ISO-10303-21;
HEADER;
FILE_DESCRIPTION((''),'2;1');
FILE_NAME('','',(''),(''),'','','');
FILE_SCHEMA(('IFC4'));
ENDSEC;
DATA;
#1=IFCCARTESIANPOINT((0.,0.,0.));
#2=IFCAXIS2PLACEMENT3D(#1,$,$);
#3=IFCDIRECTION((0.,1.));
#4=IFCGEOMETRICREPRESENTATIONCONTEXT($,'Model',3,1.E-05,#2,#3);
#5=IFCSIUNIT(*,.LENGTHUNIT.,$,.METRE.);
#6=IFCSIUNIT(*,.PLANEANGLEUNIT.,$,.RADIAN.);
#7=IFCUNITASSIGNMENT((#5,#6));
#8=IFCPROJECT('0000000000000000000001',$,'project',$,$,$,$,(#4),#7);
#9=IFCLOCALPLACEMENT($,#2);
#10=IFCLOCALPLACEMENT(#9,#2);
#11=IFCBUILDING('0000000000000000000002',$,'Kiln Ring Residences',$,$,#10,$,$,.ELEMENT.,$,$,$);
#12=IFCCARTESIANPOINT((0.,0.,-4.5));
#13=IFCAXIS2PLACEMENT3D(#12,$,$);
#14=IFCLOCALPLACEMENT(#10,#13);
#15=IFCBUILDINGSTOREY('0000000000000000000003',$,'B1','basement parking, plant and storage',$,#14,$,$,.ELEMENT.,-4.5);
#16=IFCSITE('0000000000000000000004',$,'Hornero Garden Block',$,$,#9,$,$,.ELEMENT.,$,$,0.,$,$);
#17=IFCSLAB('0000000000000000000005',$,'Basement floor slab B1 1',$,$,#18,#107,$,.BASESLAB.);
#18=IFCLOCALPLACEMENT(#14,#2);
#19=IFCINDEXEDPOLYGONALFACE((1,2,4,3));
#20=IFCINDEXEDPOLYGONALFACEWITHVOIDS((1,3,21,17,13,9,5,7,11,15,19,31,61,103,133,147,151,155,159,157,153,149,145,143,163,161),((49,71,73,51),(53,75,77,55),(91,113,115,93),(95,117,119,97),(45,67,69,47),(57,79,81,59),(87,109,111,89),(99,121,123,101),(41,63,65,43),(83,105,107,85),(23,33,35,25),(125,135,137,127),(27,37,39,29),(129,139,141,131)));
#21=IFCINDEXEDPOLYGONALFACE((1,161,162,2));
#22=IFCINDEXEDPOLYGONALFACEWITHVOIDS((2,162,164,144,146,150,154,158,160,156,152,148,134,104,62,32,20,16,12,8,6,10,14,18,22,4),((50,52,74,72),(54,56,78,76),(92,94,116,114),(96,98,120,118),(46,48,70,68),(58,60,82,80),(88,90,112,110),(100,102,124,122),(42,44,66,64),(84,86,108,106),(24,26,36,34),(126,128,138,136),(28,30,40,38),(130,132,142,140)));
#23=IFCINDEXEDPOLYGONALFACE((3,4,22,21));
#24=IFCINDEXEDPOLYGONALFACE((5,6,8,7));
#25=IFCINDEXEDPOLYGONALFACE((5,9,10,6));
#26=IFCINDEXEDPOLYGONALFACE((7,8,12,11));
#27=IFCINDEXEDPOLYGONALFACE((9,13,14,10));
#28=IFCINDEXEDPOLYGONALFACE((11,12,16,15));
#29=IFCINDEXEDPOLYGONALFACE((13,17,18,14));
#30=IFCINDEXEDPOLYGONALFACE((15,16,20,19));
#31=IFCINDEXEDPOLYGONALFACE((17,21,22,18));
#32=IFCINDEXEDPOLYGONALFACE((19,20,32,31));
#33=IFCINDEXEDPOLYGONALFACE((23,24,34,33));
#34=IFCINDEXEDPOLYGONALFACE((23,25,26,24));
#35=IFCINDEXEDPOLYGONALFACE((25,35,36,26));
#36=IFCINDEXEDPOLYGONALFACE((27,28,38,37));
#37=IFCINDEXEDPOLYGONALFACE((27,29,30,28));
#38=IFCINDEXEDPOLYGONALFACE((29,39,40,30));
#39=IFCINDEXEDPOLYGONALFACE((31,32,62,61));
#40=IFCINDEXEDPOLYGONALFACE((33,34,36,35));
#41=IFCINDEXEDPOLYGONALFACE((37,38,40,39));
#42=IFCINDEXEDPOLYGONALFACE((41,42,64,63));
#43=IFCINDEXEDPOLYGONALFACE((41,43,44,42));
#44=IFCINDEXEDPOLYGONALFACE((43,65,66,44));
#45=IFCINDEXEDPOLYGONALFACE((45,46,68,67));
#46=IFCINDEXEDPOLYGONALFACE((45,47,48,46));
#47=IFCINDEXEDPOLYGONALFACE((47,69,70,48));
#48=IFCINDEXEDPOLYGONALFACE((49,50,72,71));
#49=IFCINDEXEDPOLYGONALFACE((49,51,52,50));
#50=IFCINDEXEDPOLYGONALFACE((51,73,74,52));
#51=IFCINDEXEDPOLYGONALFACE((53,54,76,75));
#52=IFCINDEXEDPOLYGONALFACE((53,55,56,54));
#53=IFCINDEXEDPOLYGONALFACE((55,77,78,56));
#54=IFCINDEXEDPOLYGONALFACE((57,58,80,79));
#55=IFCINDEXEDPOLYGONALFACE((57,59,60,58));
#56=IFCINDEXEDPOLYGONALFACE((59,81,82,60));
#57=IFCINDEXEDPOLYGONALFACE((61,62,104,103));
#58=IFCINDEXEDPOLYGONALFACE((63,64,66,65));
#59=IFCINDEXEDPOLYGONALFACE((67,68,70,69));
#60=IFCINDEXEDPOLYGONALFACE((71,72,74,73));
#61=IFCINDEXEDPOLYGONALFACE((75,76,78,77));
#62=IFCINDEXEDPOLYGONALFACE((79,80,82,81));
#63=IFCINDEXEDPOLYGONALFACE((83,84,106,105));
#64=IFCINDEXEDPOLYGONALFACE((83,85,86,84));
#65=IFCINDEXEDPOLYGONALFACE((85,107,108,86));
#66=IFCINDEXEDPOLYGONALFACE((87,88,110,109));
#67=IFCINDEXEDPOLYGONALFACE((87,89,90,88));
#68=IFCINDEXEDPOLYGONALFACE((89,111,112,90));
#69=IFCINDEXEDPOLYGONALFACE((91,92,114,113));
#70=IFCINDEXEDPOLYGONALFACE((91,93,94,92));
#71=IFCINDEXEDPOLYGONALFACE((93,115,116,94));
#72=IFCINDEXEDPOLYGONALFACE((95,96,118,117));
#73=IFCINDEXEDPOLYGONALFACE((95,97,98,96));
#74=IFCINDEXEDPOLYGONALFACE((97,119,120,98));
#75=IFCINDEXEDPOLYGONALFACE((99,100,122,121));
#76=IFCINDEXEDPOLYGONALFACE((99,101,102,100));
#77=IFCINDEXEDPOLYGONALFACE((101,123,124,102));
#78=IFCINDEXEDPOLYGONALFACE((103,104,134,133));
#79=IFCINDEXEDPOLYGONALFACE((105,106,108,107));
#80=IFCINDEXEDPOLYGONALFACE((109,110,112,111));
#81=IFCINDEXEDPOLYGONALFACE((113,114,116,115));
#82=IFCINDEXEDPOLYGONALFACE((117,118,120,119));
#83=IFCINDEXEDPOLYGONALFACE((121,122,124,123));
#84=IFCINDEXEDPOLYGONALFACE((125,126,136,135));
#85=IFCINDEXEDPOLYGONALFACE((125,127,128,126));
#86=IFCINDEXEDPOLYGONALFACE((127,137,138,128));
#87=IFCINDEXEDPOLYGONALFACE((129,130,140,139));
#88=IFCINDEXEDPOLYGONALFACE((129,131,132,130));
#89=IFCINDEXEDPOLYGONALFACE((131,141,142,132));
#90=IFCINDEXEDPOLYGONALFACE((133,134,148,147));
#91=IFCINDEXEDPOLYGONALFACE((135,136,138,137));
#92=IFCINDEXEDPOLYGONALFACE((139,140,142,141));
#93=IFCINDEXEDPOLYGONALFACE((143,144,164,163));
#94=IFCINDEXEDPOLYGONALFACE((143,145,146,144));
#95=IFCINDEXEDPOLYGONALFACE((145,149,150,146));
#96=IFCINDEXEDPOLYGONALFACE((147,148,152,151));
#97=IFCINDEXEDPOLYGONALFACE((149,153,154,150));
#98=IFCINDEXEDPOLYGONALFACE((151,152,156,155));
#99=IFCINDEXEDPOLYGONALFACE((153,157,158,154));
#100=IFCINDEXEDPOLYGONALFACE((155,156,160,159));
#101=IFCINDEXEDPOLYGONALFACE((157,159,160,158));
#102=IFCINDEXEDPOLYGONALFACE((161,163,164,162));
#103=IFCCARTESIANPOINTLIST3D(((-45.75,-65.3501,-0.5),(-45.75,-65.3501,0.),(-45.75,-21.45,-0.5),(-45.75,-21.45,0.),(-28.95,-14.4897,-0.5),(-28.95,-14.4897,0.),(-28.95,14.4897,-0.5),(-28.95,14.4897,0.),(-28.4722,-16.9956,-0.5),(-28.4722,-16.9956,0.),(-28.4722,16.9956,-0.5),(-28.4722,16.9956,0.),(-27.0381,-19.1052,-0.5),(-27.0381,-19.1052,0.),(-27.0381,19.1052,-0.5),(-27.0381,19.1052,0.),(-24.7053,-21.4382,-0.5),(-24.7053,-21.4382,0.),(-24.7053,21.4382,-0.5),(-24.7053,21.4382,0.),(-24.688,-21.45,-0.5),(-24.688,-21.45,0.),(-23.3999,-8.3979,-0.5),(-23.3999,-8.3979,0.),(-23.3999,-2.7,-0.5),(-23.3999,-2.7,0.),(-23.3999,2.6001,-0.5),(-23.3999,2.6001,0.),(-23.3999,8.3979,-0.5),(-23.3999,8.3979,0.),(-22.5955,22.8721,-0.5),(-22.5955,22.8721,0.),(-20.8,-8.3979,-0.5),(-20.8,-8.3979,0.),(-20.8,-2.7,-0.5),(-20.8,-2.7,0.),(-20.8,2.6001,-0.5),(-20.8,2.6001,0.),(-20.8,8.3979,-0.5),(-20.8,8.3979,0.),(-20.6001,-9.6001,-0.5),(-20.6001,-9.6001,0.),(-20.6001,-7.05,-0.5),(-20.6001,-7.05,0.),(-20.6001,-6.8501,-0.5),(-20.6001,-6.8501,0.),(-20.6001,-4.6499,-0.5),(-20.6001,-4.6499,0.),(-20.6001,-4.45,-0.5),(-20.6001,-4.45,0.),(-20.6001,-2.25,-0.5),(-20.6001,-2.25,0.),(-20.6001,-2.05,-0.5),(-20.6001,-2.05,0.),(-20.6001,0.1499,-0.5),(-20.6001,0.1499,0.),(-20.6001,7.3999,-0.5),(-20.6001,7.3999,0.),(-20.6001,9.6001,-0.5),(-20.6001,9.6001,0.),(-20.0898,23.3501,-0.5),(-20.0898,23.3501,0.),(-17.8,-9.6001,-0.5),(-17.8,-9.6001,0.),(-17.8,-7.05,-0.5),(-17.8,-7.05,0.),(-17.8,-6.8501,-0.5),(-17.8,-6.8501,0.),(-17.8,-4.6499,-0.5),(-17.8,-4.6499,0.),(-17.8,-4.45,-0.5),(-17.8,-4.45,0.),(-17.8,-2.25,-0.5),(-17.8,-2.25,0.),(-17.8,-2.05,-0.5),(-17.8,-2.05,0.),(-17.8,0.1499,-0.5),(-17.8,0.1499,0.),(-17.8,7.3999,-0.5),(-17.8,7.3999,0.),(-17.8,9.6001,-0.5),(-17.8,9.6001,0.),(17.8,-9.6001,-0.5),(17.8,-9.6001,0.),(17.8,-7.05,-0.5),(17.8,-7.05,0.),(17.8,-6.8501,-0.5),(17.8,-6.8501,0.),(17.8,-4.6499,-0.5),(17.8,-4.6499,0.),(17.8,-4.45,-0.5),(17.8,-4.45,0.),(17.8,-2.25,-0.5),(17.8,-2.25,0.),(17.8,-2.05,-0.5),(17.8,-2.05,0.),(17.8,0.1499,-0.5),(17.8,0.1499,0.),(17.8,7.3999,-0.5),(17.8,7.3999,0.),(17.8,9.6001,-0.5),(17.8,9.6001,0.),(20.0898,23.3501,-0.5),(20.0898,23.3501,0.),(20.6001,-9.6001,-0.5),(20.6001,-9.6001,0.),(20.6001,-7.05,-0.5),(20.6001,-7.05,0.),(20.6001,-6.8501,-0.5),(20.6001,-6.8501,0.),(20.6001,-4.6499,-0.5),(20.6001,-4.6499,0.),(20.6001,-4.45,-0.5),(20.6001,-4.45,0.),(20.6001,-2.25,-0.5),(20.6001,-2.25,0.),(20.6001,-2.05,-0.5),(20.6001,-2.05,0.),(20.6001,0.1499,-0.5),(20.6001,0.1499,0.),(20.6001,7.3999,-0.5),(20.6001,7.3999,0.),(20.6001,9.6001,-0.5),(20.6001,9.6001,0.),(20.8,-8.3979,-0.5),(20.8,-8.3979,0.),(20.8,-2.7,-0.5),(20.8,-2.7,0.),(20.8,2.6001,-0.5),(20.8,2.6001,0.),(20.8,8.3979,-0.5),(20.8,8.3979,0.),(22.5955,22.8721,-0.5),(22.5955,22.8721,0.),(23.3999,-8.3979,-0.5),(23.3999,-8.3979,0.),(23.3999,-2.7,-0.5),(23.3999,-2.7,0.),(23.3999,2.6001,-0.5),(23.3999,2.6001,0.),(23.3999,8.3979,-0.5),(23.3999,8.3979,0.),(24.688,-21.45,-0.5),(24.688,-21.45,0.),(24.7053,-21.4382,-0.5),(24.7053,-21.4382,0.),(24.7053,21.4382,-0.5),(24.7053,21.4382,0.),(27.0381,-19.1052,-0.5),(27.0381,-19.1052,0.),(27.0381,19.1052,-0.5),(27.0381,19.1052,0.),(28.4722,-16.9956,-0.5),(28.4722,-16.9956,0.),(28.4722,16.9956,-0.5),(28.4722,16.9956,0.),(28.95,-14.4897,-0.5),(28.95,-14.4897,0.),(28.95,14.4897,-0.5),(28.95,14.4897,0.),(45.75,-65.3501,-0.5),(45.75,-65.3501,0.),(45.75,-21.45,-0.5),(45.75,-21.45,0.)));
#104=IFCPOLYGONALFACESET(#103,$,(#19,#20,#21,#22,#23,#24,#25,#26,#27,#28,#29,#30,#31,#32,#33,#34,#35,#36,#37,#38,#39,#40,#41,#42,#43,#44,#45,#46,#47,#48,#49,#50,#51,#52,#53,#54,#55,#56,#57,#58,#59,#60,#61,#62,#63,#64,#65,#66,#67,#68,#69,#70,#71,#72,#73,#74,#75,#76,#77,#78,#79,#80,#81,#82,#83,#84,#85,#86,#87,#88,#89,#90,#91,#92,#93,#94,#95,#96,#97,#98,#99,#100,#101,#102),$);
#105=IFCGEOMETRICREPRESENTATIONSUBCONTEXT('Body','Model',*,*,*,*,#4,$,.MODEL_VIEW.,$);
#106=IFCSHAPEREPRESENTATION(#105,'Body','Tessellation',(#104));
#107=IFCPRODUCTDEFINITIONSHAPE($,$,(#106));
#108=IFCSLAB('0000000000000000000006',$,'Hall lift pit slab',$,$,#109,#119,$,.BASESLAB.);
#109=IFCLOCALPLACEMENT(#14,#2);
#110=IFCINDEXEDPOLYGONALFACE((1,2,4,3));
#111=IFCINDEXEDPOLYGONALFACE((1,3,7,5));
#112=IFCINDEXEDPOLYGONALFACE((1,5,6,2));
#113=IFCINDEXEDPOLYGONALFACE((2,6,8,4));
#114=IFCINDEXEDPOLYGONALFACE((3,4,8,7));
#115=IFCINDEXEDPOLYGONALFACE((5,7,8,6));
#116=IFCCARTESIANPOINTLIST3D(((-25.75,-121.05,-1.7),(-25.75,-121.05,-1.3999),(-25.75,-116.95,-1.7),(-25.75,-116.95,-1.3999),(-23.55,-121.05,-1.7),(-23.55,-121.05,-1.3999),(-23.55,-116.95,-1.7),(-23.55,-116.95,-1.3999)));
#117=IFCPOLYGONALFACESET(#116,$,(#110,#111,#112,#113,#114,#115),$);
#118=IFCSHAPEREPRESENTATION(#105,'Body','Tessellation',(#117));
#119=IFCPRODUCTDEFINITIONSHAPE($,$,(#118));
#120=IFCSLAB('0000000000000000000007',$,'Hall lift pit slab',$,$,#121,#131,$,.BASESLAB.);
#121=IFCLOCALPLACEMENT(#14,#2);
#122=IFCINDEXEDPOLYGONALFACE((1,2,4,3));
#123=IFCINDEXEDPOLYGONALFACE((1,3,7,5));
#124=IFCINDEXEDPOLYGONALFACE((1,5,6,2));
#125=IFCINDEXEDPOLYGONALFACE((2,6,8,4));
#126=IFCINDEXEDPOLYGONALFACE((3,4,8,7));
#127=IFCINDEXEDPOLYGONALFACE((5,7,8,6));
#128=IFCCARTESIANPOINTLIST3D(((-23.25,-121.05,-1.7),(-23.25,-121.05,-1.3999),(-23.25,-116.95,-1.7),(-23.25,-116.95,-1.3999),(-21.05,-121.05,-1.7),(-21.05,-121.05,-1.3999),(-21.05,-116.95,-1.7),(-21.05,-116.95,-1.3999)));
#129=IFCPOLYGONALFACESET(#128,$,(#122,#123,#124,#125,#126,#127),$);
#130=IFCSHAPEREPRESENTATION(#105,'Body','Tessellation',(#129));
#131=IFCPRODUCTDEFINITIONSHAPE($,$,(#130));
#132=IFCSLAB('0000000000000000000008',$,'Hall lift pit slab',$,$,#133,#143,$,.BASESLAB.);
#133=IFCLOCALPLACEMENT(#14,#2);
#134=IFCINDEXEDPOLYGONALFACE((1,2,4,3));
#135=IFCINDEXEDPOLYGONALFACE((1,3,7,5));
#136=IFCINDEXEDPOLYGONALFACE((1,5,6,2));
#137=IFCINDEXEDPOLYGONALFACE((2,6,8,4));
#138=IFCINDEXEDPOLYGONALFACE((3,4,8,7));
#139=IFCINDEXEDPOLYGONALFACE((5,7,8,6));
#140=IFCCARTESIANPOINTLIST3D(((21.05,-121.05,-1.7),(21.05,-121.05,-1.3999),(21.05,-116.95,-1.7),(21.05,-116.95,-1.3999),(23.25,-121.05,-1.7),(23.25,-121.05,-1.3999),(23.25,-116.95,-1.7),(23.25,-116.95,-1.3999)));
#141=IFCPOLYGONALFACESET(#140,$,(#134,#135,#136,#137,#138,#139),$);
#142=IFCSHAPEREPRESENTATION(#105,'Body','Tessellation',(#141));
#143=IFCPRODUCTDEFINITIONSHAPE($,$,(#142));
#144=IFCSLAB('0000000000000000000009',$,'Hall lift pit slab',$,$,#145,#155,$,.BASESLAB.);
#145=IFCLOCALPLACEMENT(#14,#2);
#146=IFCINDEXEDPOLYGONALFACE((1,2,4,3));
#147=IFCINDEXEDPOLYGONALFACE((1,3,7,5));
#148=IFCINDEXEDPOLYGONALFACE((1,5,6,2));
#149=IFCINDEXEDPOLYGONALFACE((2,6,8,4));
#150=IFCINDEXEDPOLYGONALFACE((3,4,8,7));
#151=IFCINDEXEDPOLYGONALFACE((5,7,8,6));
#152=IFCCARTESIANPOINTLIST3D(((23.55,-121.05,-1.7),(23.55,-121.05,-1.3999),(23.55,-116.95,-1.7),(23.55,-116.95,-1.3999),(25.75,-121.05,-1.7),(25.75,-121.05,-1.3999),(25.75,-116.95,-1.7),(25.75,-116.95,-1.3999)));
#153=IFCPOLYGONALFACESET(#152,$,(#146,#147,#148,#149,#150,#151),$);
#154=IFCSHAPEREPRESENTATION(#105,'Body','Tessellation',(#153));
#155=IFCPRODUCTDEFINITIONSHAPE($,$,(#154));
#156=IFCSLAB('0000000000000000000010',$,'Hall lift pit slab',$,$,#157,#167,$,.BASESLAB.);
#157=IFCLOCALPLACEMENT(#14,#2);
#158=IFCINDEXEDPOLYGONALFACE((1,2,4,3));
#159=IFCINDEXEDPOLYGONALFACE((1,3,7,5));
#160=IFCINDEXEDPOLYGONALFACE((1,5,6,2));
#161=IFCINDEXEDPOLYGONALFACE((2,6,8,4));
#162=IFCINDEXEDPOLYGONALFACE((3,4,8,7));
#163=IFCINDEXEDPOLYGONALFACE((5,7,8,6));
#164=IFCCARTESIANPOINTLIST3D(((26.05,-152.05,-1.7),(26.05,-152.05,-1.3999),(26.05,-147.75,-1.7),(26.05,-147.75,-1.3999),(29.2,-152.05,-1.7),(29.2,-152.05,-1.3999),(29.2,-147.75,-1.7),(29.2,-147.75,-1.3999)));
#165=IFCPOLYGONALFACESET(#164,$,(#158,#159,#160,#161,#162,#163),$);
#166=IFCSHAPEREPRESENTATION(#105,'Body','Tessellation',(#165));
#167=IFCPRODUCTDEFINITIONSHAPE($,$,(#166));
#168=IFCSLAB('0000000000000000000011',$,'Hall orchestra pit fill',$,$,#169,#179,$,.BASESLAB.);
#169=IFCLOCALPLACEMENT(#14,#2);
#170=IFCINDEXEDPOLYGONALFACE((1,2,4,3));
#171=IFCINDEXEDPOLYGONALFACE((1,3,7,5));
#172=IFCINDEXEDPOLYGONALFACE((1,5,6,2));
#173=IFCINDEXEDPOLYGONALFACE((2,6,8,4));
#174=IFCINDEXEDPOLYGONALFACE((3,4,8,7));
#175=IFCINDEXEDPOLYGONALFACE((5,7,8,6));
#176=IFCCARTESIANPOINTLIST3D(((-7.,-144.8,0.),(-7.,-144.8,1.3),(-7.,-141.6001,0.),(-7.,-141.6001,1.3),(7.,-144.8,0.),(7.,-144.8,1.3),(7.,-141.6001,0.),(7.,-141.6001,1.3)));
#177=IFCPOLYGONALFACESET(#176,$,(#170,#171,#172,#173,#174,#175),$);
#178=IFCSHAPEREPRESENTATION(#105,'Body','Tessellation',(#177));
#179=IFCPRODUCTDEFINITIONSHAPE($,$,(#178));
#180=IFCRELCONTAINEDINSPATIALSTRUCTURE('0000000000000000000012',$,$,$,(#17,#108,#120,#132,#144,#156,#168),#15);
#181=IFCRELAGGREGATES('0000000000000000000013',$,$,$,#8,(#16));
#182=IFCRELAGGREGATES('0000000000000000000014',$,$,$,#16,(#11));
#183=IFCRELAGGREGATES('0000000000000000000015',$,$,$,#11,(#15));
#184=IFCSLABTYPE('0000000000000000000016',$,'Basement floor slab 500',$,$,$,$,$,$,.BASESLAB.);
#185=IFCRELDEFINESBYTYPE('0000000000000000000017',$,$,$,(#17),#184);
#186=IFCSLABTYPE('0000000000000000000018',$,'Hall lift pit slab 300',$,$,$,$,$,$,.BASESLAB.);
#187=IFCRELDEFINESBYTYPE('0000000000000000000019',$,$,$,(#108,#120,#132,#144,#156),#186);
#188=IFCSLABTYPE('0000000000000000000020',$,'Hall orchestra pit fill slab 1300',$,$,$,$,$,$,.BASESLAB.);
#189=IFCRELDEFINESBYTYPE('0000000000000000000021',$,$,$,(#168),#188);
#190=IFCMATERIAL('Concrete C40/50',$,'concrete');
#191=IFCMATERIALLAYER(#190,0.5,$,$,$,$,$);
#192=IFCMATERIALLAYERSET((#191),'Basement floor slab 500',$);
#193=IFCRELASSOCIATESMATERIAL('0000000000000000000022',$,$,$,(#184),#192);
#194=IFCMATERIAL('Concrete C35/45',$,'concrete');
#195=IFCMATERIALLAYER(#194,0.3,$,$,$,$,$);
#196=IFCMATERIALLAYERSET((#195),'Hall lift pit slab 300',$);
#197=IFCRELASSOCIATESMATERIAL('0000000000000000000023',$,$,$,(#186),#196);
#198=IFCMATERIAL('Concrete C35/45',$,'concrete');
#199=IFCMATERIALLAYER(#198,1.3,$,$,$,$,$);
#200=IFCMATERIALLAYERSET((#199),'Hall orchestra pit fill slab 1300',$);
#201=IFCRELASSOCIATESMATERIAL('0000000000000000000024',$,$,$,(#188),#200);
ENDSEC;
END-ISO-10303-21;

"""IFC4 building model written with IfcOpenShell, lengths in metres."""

from ifc_helpers import new_model, si_unit, direction, frame, origin, place, context, subcontext, project, spatial, polyline, outline, extrude, material, layer, layer_set, type_object, element, save


model = new_model("IFC4")

# Units and contexts
model_context = context("Model", 3, precision=1e-05, world=origin(), true_north=direction((0.0, 1.0)))
body_context = subcontext(model_context, "Body", "Model", "MODEL_VIEW")
ifc_project = project(units=[si_unit("LENGTHUNIT", "METRE"), si_unit("PLANEANGLEUNIT", "RADIAN")], contexts=[model_context])

# Site, building, storey
site_placement = place(None, origin())
site = spatial("IfcSite", under=ifc_project, at=site_placement, Name="Hornero Garden Block", CompositionType="ELEMENT", RefElevation=0.0)
building_placement = place(site_placement, origin())
building = spatial("IfcBuilding", under=site, at=building_placement, Name="Kiln Ring Residences", CompositionType="ELEMENT")
storey_placement = place(building_placement, frame((0.0, 0.0, -4.5)))
storey = spatial("IfcBuildingStorey", under=building, at=storey_placement, Name="B1", Description="basement parking, plant and storage", CompositionType="ELEMENT", Elevation=-4.5)

# Shared definitions
placement_1 = place(storey_placement, frame((0.0, 0.0, -1.7)))

# Slabs
ifc_material_1 = material(Name="Concrete C40/50", Category="concrete")
ifc_layer_1 = layer(ifc_material_1, 0.5)
ifc_layer_set_1 = layer_set([ifc_layer_1], Name="Basement floor slab 500")
slab_type_1 = type_object("IfcSlabType", Name="Basement floor slab 500", PredefinedType="BASESLAB", material=ifc_layer_set_1)
placement_2 = place(storey_placement, frame((0.0, 0.0, -0.5)))
element("IfcSlab", 1, at=placement_2, inside=storey, type_object=slab_type_1, Name="Basement floor slab B1 1", PredefinedType="BASESLAB", context=body_context, shape_type="SweptSolid", body=[
    extrude(outline(polyline([(-24.688, -21.45), (-45.75, -21.45), (-45.75, -65.3501), (45.75, -65.3501), (45.75, -21.45), (24.688, -21.45), (24.7053, -21.4382), (27.0381, -19.1052), (28.4722, -16.9956), (28.95, -14.4897), (28.95, 14.4897), (28.4722, 16.9956), (27.0381, 19.1052), (24.7053, 21.4382), (22.5955, 22.8721), (20.0898, 23.3501), (-20.0898, 23.3501), (-22.5955, 22.8721), (-24.7053, 21.4382), (-27.0381, 19.1052), (-28.4722, 16.9956), (-28.95, 14.4897), (-28.95, -14.4897), (-28.4722, -16.9956), (-27.0381, -19.1052), (-24.7053, -21.4382), (-24.688, -21.45)]), holes=[polyline([(20.8, -8.3979), (20.8, -2.7), (23.3999, -2.7), (23.3999, -8.3979), (20.8, -8.3979)]), polyline([(20.8, 2.6001), (20.8, 8.3979), (23.3999, 8.3979), (23.3999, 2.6001), (20.8, 2.6001)]), polyline([(17.8, -6.8501), (17.8, -4.6499), (20.6001, -4.6499), (20.6001, -6.8501), (17.8, -6.8501)]), polyline([(17.8, -4.45), (17.8, -2.25), (20.6001, -2.25), (20.6001, -4.45), (17.8, -4.45)]), polyline([(17.8, -2.05), (17.8, 0.1499), (20.6001, 0.1499), (20.6001, -2.05), (17.8, -2.05)]), polyline([(17.8, 7.3999), (17.8, 9.6001), (20.6001, 9.6001), (20.6001, 7.3999), (17.8, 7.3999)]), polyline([(20.6001, -9.6001), (17.8, -9.6001), (17.8, -7.05), (20.6001, -7.05), (20.6001, -9.6001)]), polyline([(-17.8, -7.05), (-17.8, -9.6001), (-20.6001, -9.6001), (-20.6001, -7.05), (-17.8, -7.05)]), polyline([(-17.8, -6.8501), (-20.6001, -6.8501), (-20.6001, -4.6499), (-17.8, -4.6499), (-17.8, -6.8501)]), polyline([(-17.8, -4.45), (-20.6001, -4.45), (-20.6001, -2.25), (-17.8, -2.25), (-17.8, -4.45)]), polyline([(-17.8, -2.05), (-20.6001, -2.05), (-20.6001, 0.1499), (-17.8, 0.1499), (-17.8, -2.05)]), polyline([(-17.8, 7.3999), (-20.6001, 7.3999), (-20.6001, 9.6001), (-17.8, 9.6001), (-17.8, 7.3999)]), polyline([(-20.8, -8.3979), (-23.3999, -8.3979), (-23.3999, -2.7), (-20.8, -2.7), (-20.8, -8.3979)]), polyline([(-20.8, 2.6001), (-23.3999, 2.6001), (-23.3999, 8.3979), (-20.8, 8.3979), (-20.8, 2.6001)])]), origin(), (0.0, 0.0, 1.0), 0.5),
])
ifc_material_2 = material(Name="Concrete C35/45", Category="concrete")
ifc_layer_2 = layer(ifc_material_2, 0.3)
ifc_layer_set_2 = layer_set([ifc_layer_2], Name="Hall lift pit slab 300")
slab_type_2 = type_object("IfcSlabType", Name="Hall lift pit slab 300", PredefinedType="BASESLAB", material=ifc_layer_set_2)
element("IfcSlab", 2, at=placement_1, inside=storey, type_object=slab_type_2, Name="Hall lift pit slab", PredefinedType="BASESLAB", context=body_context, shape_type="SweptSolid", body=[
    extrude(outline(polyline([(-23.55, -121.05), (-25.75, -121.05), (-25.75, -116.95), (-23.55, -116.95), (-23.55, -121.05)])), origin(), (0.0, 0.0, 1.0), 0.3),
])
element("IfcSlab", 3, at=placement_1, inside=storey, type_object=slab_type_2, Name="Hall lift pit slab", PredefinedType="BASESLAB", context=body_context, shape_type="SweptSolid", body=[
    extrude(outline(polyline([(-21.05, -121.05), (-23.25, -121.05), (-23.25, -116.95), (-21.05, -116.95), (-21.05, -121.05)])), origin(), (0.0, 0.0, 1.0), 0.3),
])
element("IfcSlab", 4, at=placement_1, inside=storey, type_object=slab_type_2, Name="Hall lift pit slab", PredefinedType="BASESLAB", context=body_context, shape_type="SweptSolid", body=[
    extrude(outline(polyline([(21.05, -121.05), (21.05, -116.95), (23.25, -116.95), (23.25, -121.05), (21.05, -121.05)])), origin(), (0.0, 0.0, 1.0), 0.3),
])
element("IfcSlab", 5, at=placement_1, inside=storey, type_object=slab_type_2, Name="Hall lift pit slab", PredefinedType="BASESLAB", context=body_context, shape_type="SweptSolid", body=[
    extrude(outline(polyline([(25.75, -116.95), (25.75, -121.05), (23.55, -121.05), (23.55, -116.95), (25.75, -116.95)])), origin(), (0.0, 0.0, 1.0), 0.3),
])
element("IfcSlab", 6, at=placement_1, inside=storey, type_object=slab_type_2, Name="Hall lift pit slab", PredefinedType="BASESLAB", context=body_context, shape_type="SweptSolid", body=[
    extrude(outline(polyline([(26.05, -147.75), (29.2, -147.75), (29.2, -152.05), (26.05, -152.05), (26.05, -147.75)])), origin(), (0.0, 0.0, 1.0), 0.3),
])
ifc_material_3 = material(Name="Concrete C35/45", Category="concrete")
ifc_layer_3 = layer(ifc_material_3, 1.3)
ifc_layer_set_3 = layer_set([ifc_layer_3], Name="Hall orchestra pit fill slab 1300")
slab_type_3 = type_object("IfcSlabType", Name="Hall orchestra pit fill slab 1300", PredefinedType="BASESLAB", material=ifc_layer_set_3)
slab_1_placement = place(storey_placement, origin())
element("IfcSlab", 7, at=slab_1_placement, inside=storey, type_object=slab_type_3, Name="Hall orchestra pit fill", PredefinedType="BASESLAB", context=body_context, shape_type="SweptSolid", body=[
    extrude(outline(polyline([(-7.0, -144.8), (7.0, -144.8), (7.0, -141.6001), (-7.0, -141.6001), (-7.0, -144.8)])), origin(), (0.0, 0.0, 1.0), 1.3),
])

save(model, "model.ifc")
